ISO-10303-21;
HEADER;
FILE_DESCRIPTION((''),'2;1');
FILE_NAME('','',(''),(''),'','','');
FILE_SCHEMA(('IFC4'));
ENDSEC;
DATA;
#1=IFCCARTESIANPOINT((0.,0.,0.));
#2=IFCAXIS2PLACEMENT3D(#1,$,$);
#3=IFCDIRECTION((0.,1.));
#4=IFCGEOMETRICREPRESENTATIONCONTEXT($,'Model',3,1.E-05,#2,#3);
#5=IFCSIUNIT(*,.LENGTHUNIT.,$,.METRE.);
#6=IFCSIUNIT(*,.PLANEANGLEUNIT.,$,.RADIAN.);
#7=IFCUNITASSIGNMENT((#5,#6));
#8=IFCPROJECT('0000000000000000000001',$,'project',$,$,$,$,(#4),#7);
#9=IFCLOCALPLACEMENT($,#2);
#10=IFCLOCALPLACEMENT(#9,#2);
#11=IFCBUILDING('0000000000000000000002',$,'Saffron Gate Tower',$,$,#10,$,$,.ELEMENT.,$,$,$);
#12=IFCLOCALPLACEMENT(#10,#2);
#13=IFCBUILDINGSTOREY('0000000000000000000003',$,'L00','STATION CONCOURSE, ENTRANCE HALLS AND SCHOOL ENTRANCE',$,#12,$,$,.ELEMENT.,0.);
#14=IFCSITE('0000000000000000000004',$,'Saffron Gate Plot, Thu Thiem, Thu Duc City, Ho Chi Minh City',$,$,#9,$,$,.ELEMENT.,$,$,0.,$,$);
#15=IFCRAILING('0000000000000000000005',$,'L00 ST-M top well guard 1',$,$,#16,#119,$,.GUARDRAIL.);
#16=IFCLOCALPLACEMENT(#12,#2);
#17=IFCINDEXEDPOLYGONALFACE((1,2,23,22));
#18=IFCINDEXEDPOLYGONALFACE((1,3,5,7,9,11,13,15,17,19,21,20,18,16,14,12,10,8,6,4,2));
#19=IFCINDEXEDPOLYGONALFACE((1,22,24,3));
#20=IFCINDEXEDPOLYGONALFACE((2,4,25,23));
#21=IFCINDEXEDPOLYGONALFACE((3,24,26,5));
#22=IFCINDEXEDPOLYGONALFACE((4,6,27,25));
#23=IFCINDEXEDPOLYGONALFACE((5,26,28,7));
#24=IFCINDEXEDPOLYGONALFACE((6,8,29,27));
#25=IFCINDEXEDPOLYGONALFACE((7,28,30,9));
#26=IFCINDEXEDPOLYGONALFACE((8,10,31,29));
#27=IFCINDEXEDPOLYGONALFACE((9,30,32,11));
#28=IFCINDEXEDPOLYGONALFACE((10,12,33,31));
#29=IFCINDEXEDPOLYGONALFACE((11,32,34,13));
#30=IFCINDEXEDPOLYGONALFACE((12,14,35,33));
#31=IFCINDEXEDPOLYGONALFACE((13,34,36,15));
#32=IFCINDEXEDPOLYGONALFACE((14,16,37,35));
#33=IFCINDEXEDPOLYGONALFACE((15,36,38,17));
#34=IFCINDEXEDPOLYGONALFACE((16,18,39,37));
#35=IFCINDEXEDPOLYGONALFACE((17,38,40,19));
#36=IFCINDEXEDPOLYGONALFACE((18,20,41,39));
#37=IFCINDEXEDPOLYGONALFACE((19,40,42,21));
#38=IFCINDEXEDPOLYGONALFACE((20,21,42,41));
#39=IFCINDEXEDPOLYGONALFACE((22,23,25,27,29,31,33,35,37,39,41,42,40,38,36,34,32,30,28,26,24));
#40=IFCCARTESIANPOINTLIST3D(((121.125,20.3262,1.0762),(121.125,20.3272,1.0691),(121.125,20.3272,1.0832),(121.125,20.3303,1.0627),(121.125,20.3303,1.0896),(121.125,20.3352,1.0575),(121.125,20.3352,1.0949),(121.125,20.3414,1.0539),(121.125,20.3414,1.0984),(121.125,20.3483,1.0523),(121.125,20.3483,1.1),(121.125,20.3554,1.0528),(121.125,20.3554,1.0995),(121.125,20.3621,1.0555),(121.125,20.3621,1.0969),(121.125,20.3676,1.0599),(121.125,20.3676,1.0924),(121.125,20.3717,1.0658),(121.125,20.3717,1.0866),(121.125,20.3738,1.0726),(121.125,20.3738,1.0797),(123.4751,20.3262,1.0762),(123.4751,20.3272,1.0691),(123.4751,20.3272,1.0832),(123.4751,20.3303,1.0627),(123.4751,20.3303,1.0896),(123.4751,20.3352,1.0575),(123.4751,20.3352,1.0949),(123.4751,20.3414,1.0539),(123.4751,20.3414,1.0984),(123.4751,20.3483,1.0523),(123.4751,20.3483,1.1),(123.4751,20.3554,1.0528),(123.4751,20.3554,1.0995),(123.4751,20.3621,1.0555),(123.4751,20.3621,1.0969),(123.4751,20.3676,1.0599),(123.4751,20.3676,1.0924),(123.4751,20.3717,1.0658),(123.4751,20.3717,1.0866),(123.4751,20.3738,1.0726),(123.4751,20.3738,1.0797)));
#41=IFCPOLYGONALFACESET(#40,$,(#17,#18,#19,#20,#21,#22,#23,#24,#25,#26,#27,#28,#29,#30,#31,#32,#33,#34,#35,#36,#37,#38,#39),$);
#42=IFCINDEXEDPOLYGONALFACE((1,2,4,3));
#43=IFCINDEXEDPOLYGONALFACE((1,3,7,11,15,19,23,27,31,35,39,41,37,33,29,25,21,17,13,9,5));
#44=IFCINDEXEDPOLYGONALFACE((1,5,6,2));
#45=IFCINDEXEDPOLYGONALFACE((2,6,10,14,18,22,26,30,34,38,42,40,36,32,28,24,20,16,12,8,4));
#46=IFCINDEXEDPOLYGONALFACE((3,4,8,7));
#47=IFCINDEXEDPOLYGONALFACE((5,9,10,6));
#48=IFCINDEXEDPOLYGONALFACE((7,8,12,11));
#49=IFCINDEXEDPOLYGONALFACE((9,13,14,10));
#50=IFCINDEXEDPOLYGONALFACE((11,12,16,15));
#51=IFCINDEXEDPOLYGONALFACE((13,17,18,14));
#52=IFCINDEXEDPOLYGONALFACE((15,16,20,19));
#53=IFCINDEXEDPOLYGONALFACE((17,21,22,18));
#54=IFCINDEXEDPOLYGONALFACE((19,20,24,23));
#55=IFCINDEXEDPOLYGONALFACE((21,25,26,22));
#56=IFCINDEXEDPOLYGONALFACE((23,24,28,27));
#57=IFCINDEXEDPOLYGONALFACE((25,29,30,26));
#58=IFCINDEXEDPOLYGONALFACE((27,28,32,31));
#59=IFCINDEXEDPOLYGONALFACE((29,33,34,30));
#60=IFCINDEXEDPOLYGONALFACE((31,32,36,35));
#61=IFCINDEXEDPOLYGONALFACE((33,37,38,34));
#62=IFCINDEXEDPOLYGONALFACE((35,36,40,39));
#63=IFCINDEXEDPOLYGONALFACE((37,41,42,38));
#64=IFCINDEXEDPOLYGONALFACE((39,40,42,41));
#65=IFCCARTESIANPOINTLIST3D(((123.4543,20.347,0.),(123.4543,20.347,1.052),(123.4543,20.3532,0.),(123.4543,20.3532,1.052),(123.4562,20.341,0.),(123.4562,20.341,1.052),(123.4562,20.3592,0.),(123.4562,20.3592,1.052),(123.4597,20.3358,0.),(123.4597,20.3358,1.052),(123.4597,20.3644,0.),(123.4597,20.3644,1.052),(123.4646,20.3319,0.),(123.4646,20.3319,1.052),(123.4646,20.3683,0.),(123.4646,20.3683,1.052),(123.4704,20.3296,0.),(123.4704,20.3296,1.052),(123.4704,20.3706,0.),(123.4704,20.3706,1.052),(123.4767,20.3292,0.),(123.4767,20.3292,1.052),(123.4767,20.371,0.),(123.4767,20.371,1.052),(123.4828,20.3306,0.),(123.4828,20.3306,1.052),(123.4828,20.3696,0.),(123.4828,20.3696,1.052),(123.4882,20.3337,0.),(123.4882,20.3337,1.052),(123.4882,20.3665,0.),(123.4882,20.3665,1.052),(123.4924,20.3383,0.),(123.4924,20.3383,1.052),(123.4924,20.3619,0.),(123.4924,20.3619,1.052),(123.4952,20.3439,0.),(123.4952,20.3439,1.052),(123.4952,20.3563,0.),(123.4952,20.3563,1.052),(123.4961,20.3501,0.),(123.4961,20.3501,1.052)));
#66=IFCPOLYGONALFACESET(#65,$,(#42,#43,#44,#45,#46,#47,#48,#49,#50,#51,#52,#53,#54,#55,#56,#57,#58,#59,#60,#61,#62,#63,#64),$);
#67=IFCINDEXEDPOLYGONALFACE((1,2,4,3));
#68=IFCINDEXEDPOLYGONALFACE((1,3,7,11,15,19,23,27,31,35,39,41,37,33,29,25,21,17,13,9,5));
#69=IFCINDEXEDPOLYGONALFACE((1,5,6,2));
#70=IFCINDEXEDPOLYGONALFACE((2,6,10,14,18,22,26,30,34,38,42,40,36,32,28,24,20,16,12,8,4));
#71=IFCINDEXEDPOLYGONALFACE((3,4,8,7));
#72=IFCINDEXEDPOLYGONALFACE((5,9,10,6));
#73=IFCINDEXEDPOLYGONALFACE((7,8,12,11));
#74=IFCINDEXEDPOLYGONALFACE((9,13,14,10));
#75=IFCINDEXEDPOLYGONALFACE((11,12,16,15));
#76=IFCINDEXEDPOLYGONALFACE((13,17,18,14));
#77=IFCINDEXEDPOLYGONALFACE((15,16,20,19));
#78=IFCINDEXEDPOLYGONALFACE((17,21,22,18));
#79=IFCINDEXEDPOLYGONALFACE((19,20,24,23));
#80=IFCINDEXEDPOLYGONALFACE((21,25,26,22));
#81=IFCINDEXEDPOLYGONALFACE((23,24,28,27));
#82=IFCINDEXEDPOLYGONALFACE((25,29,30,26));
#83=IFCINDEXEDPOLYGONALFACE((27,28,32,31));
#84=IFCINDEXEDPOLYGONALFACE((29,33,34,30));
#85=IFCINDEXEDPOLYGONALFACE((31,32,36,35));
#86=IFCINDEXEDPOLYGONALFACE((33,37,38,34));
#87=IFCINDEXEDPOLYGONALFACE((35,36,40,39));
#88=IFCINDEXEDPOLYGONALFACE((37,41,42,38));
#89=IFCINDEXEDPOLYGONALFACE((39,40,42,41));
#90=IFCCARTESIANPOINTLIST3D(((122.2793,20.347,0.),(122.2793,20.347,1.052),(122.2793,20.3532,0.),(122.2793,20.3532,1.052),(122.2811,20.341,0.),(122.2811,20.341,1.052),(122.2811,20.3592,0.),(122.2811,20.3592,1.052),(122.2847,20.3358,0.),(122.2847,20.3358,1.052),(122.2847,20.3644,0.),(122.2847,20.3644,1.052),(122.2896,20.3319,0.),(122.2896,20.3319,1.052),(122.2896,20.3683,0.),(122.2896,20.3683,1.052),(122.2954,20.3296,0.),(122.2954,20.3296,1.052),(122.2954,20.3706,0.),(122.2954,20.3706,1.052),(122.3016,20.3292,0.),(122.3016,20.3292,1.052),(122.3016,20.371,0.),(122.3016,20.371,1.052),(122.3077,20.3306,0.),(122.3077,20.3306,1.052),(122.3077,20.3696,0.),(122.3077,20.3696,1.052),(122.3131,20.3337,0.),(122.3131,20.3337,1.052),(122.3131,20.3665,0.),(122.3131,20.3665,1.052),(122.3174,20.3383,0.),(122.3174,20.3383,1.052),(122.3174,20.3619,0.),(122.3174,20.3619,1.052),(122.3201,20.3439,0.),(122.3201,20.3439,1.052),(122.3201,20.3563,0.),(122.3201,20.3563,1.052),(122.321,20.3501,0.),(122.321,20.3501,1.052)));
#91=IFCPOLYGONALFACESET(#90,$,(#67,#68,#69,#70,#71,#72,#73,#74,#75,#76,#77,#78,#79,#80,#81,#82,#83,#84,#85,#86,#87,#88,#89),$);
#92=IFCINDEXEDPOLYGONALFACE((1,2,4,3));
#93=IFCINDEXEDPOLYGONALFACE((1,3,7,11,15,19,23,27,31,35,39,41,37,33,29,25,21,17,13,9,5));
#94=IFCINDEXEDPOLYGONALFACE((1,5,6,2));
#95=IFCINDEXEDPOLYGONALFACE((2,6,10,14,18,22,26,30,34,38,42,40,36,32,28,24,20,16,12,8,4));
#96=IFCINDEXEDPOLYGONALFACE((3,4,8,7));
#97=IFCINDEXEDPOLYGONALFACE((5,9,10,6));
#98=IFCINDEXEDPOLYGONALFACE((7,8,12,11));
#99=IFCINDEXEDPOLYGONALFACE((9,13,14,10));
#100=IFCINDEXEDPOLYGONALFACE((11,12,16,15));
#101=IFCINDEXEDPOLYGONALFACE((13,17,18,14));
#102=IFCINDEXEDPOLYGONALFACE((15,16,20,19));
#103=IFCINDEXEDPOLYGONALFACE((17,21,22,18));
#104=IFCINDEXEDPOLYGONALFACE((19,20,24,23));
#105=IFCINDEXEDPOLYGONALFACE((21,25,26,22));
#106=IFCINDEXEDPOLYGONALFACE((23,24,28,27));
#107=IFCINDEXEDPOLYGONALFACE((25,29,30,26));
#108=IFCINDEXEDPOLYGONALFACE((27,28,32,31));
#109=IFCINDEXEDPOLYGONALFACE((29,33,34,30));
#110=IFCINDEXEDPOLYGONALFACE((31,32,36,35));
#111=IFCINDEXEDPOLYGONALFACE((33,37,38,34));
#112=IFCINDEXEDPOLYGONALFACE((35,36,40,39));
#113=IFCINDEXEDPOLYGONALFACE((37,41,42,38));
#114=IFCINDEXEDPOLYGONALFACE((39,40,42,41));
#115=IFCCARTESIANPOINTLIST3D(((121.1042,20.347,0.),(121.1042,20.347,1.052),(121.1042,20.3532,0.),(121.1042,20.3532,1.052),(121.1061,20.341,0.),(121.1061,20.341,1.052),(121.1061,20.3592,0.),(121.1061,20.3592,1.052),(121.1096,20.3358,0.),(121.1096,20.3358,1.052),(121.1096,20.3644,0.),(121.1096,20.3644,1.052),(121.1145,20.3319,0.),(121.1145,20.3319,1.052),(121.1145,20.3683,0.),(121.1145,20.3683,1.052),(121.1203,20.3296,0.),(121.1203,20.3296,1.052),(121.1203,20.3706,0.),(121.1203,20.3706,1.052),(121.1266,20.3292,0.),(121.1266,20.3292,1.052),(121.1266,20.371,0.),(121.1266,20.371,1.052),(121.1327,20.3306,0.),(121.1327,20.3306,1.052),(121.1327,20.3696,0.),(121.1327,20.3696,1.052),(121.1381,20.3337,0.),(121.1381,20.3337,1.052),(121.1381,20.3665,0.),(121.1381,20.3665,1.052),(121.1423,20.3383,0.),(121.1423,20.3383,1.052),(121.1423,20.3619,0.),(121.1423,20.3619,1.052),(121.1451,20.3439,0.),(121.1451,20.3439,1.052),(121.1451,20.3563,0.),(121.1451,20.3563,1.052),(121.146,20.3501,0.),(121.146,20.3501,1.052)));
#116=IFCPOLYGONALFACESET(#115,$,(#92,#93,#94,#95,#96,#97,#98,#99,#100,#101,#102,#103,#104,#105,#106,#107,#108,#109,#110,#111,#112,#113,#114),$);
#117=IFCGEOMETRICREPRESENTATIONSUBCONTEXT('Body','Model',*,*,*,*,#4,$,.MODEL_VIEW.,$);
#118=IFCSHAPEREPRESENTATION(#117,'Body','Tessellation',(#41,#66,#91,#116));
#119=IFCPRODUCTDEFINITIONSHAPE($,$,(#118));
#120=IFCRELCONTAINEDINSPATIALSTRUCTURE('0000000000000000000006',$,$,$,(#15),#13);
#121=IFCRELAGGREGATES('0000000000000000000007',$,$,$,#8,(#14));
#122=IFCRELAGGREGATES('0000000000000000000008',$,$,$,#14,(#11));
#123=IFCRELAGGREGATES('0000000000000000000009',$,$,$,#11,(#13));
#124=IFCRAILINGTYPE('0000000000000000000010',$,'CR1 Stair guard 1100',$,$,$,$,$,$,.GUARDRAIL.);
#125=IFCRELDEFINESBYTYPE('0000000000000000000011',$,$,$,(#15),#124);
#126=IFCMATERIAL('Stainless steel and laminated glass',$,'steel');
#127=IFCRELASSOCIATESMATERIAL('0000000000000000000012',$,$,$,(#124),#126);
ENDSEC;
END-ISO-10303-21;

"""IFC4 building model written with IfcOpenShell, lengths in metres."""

from ifc_helpers import new_model, si_unit, direction, frame, origin, origin_2d, place, context, subcontext, project, spatial, circle, extrude, material, type_object, element, save


model = new_model("IFC4")

# Units and contexts
model_context = context("Model", 3, precision=1e-05, world=origin(), true_north=direction((0.0, 1.0)))
body_context = subcontext(model_context, "Body", "Model", "MODEL_VIEW")
ifc_project = project(units=[si_unit("LENGTHUNIT", "METRE"), si_unit("PLANEANGLEUNIT", "RADIAN")], contexts=[model_context])

# Site, building, storey
site_placement = place(None, origin())
site = spatial("IfcSite", under=ifc_project, at=site_placement, Name="Saffron Gate Plot, Thu Thiem, Thu Duc City, Ho Chi Minh City", CompositionType="ELEMENT", RefElevation=0.0)
building_placement = place(site_placement, origin())
building = spatial("IfcBuilding", under=site, at=building_placement, Name="Saffron Gate Tower", CompositionType="ELEMENT")
storey_placement = place(building_placement, origin())
storey = spatial("IfcBuildingStorey", under=building, at=storey_placement, Name="L00", Description="STATION CONCOURSE, ENTRANCE HALLS AND SCHOOL ENTRANCE", CompositionType="ELEMENT", Elevation=0.0)

# Railing
ifc_material_1 = material(Name="Stainless steel and laminated glass", Category="steel")
railing_type = type_object("IfcRailingType", Name="CR1 Stair guard 1100", PredefinedType="GUARDRAIL", material=ifc_material_1)
railing_1_placement = place(storey_placement, frame((123.4751, 20.3501, 0.0)))
element("IfcRailing", 1, at=railing_1_placement, inside=storey, type_object=railing_type, Name="L00 ST-M top well guard 1", PredefinedType="GUARDRAIL", context=body_context, shape_type="SweptSolid", body=[
    extrude(circle(Radius=0.0239, at=origin_2d()), frame((0.0, 0.0, 1.0762), z_axis=(-1.0, 0.0, 0.0), x_axis=(0.0, -1.0, 0.0)), (0.0, 0.0, 1.0), 2.3501),
    extrude(circle(Radius=0.021, at=origin_2d()), origin(), (0.0, 0.0, 1.0), 1.052),
    extrude(circle(Radius=0.021, at=origin_2d()), frame((-1.175, 0.0, 0.0)), (0.0, 0.0, 1.0), 1.052),
    extrude(circle(Radius=0.021, at=origin_2d()), frame((-2.3501, 0.0, 0.0)), (0.0, 0.0, 1.0), 1.052),
])

save(model, "model.ifc")
